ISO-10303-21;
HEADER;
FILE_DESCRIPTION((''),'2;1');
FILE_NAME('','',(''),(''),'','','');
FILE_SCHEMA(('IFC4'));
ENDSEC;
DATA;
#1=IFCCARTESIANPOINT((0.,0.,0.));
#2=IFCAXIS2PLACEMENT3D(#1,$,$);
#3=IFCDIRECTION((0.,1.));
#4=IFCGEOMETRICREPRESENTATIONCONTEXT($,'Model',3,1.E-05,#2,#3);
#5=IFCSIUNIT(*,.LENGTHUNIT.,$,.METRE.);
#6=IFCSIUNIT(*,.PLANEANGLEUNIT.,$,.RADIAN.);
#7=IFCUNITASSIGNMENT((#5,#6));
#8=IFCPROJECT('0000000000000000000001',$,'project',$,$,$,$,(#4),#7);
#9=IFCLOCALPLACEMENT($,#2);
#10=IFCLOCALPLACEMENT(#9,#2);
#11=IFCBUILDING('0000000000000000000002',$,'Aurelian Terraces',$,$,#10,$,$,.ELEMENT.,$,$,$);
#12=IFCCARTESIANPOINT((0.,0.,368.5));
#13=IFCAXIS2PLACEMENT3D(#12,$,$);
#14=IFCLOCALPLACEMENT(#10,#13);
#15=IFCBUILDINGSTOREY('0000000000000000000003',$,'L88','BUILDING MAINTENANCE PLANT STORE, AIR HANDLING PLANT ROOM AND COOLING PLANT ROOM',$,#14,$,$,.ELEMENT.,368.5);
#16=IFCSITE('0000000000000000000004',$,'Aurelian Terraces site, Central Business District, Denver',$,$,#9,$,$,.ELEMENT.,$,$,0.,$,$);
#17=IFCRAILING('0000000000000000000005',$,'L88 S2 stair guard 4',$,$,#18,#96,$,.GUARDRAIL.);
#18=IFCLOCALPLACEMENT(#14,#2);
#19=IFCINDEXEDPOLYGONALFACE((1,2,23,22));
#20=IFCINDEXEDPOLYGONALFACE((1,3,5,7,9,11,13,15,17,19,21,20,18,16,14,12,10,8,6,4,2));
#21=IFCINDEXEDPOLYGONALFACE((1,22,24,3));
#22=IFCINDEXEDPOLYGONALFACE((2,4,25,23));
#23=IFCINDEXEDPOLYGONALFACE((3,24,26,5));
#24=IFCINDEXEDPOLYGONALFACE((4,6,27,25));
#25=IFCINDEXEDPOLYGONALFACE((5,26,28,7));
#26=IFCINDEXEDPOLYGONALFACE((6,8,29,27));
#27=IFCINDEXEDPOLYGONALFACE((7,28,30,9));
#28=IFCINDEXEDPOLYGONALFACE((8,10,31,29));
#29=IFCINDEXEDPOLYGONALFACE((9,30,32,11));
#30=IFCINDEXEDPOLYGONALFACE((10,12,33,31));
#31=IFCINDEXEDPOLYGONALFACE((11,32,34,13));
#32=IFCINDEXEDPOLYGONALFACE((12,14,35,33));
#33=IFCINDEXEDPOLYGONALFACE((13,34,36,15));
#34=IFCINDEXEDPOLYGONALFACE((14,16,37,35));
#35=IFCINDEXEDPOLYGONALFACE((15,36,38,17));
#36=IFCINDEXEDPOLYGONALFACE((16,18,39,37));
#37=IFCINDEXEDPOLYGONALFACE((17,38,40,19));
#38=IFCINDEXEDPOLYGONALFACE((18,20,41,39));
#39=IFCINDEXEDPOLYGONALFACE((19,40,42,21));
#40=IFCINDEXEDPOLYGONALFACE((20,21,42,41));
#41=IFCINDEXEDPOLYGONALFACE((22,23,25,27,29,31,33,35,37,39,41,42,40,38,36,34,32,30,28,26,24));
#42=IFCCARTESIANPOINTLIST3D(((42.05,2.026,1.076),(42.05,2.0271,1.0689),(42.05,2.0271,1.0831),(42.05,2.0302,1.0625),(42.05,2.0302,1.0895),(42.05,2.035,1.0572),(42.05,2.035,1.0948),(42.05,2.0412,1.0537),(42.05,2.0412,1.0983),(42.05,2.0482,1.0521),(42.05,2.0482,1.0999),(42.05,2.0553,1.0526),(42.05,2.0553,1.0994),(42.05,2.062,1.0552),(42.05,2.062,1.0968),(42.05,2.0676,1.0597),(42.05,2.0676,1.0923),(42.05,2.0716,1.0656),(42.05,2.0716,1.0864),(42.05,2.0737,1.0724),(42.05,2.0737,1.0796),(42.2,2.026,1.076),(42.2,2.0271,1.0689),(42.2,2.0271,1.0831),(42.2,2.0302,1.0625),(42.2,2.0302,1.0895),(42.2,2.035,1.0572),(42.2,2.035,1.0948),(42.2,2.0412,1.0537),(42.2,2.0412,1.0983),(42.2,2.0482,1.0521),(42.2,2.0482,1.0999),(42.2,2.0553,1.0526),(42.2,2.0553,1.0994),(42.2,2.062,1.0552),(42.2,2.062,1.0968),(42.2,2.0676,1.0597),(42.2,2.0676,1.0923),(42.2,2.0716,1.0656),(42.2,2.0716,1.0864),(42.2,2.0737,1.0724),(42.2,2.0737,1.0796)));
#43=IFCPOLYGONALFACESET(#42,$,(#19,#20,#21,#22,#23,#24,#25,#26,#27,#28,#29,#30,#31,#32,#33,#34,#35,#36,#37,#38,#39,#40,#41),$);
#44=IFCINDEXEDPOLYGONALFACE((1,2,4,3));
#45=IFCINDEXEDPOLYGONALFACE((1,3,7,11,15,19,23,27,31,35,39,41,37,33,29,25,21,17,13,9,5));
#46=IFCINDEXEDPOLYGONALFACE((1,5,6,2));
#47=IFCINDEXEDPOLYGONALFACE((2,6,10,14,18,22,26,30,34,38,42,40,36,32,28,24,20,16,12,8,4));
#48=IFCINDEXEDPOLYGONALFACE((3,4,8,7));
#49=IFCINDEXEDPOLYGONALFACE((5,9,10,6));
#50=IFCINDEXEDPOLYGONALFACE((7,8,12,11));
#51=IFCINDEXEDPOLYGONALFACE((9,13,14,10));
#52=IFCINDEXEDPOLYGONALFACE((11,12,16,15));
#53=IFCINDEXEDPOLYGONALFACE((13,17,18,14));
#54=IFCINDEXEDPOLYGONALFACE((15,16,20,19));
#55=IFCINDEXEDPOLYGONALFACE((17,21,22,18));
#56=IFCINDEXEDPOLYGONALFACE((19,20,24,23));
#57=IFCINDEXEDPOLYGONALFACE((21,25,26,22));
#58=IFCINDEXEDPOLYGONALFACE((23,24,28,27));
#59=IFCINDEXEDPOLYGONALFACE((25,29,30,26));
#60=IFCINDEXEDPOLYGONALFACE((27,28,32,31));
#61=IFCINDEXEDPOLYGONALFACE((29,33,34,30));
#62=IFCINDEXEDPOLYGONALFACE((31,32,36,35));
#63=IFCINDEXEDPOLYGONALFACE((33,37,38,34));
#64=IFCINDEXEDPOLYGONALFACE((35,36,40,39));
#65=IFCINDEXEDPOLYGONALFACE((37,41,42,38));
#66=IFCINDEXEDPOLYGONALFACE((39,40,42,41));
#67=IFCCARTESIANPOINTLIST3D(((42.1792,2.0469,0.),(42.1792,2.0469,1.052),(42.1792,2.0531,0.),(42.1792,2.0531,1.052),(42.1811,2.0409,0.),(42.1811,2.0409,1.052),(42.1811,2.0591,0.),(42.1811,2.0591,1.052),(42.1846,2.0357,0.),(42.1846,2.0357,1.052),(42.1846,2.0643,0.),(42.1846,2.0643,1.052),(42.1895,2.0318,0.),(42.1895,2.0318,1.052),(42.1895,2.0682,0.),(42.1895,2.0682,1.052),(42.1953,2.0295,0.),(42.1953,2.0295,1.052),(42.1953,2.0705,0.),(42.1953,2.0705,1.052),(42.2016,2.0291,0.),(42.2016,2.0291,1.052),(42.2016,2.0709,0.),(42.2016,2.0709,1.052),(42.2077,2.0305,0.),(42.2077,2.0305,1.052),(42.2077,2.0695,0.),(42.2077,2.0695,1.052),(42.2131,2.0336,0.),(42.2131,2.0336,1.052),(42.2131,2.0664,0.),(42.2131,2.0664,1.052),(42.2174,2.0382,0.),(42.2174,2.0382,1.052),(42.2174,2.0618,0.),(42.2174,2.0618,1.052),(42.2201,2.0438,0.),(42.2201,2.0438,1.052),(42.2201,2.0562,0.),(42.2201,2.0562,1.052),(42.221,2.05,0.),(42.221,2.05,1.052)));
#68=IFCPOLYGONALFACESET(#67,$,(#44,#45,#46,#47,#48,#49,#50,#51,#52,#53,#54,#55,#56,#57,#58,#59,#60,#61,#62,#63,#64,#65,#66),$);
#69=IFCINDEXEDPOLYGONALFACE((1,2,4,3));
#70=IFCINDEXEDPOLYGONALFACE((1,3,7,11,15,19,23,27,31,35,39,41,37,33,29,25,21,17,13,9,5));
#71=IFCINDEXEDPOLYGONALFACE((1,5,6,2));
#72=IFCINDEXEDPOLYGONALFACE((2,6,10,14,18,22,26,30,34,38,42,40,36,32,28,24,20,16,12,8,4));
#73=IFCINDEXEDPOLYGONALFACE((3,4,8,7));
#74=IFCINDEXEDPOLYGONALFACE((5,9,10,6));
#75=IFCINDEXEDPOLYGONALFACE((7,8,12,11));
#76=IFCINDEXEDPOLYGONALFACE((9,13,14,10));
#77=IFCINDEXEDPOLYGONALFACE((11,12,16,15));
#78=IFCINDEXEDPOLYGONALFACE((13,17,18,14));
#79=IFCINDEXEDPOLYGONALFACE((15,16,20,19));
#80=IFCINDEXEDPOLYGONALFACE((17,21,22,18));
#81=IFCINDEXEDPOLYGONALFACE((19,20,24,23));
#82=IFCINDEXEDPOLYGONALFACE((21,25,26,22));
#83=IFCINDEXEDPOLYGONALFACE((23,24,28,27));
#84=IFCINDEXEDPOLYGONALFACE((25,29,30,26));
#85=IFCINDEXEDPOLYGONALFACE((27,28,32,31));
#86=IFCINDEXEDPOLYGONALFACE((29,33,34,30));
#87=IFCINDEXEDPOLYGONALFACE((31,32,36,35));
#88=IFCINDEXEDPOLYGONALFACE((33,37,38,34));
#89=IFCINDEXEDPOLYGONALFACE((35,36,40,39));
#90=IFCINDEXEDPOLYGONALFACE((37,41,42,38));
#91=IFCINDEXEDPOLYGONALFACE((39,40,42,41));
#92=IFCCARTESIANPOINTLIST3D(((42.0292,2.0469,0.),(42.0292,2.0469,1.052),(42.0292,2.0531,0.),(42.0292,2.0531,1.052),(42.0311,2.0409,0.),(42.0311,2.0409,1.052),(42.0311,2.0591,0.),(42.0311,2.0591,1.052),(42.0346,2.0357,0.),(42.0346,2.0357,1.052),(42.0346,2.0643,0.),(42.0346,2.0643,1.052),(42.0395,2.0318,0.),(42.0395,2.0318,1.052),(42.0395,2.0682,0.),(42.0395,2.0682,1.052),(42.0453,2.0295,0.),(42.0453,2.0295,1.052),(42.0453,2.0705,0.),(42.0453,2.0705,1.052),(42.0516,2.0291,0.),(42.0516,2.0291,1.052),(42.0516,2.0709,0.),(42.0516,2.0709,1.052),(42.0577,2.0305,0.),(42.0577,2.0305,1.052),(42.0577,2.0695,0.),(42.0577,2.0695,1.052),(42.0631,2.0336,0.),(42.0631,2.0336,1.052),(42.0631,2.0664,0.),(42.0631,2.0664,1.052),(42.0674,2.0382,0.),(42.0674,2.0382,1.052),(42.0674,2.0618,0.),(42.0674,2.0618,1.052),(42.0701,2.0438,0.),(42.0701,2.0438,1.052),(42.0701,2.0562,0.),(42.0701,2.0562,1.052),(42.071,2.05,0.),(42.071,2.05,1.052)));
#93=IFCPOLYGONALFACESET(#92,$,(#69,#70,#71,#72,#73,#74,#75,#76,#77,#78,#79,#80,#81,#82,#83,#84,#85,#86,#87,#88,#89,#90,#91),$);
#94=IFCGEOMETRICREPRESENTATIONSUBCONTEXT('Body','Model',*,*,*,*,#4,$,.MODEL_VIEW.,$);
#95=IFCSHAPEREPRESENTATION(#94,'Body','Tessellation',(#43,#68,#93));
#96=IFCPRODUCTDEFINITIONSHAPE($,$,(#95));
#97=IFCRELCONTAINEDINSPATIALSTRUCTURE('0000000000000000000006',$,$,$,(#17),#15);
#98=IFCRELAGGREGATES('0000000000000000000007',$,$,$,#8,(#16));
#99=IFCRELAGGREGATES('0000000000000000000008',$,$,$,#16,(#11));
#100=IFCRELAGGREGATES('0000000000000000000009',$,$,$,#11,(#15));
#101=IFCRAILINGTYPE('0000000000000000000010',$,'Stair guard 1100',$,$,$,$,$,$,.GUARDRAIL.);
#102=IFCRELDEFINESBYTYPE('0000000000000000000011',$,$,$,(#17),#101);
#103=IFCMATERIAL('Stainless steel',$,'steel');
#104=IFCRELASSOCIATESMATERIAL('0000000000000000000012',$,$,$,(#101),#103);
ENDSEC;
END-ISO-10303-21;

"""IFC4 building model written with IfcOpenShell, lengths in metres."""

from ifc_helpers import new_model, si_unit, direction, frame, origin, origin_2d, place, context, subcontext, project, spatial, circle, extrude, source, transform, mapped, material, type_object, element, save


model = new_model("IFC4")

# Units and contexts
model_context = context("Model", 3, precision=1e-05, world=origin(), true_north=direction((0.0, 1.0)))
body_context = subcontext(model_context, "Body", "Model", "MODEL_VIEW")
ifc_project = project(units=[si_unit("LENGTHUNIT", "METRE"), si_unit("PLANEANGLEUNIT", "RADIAN")], contexts=[model_context])

# Site, building, storey
site_placement = place(None, origin())
site = spatial("IfcSite", under=ifc_project, at=site_placement, Name="Aurelian Terraces site, Central Business District, Denver", CompositionType="ELEMENT", RefElevation=0.0)
building_placement = place(site_placement, origin())
building = spatial("IfcBuilding", under=site, at=building_placement, Name="Aurelian Terraces", CompositionType="ELEMENT")
storey_placement = place(building_placement, frame((0.0, 0.0, 368.5)))
storey = spatial("IfcBuildingStorey", under=building, at=storey_placement, Name="L88", Description="BUILDING MAINTENANCE PLANT STORE, AIR HANDLING PLANT ROOM AND COOLING PLANT ROOM", CompositionType="ELEMENT", Elevation=368.5)

# Railing
ifc_material_1 = material(Name="Stainless steel", Category="steel")
railing_type_1 = type_object("IfcRailingType", Name="Stair guard 1100", PredefinedType="GUARDRAIL", material=ifc_material_1)
shared_shape_1 = source(origin(), body_context, "Body", "SweptSolid", [
    extrude(circle(Radius=0.024, at=origin_2d()), frame((0.0, 0.0, 1.076), z_axis=(-1.0, 0.0, 0.0), x_axis=(0.0, -1.0, 0.0)), (0.0, 0.0, 1.0), 0.15),
    extrude(circle(Radius=0.021, at=origin_2d()), origin(), (0.0, 0.0, 1.0), 1.052),
    extrude(circle(Radius=0.021, at=origin_2d()), frame((-0.15, 0.0, 0.0)), (0.0, 0.0, 1.0), 1.052),
])
for number, where, name in (
    (1, (42.2, 2.05, 0.0), "L88 S2 stair guard 4"),
):
    element("IfcRailing", number, at=place(storey_placement, frame(where)), inside=storey, type_object=railing_type_1, Name=name, PredefinedType="GUARDRAIL", context=body_context, shape_type="MappedRepresentation", body=[
        mapped(shared_shape_1, transform((0.0, 0.0, 0.0), scale=1.0)),
    ])

save(model, "model.ifc")
